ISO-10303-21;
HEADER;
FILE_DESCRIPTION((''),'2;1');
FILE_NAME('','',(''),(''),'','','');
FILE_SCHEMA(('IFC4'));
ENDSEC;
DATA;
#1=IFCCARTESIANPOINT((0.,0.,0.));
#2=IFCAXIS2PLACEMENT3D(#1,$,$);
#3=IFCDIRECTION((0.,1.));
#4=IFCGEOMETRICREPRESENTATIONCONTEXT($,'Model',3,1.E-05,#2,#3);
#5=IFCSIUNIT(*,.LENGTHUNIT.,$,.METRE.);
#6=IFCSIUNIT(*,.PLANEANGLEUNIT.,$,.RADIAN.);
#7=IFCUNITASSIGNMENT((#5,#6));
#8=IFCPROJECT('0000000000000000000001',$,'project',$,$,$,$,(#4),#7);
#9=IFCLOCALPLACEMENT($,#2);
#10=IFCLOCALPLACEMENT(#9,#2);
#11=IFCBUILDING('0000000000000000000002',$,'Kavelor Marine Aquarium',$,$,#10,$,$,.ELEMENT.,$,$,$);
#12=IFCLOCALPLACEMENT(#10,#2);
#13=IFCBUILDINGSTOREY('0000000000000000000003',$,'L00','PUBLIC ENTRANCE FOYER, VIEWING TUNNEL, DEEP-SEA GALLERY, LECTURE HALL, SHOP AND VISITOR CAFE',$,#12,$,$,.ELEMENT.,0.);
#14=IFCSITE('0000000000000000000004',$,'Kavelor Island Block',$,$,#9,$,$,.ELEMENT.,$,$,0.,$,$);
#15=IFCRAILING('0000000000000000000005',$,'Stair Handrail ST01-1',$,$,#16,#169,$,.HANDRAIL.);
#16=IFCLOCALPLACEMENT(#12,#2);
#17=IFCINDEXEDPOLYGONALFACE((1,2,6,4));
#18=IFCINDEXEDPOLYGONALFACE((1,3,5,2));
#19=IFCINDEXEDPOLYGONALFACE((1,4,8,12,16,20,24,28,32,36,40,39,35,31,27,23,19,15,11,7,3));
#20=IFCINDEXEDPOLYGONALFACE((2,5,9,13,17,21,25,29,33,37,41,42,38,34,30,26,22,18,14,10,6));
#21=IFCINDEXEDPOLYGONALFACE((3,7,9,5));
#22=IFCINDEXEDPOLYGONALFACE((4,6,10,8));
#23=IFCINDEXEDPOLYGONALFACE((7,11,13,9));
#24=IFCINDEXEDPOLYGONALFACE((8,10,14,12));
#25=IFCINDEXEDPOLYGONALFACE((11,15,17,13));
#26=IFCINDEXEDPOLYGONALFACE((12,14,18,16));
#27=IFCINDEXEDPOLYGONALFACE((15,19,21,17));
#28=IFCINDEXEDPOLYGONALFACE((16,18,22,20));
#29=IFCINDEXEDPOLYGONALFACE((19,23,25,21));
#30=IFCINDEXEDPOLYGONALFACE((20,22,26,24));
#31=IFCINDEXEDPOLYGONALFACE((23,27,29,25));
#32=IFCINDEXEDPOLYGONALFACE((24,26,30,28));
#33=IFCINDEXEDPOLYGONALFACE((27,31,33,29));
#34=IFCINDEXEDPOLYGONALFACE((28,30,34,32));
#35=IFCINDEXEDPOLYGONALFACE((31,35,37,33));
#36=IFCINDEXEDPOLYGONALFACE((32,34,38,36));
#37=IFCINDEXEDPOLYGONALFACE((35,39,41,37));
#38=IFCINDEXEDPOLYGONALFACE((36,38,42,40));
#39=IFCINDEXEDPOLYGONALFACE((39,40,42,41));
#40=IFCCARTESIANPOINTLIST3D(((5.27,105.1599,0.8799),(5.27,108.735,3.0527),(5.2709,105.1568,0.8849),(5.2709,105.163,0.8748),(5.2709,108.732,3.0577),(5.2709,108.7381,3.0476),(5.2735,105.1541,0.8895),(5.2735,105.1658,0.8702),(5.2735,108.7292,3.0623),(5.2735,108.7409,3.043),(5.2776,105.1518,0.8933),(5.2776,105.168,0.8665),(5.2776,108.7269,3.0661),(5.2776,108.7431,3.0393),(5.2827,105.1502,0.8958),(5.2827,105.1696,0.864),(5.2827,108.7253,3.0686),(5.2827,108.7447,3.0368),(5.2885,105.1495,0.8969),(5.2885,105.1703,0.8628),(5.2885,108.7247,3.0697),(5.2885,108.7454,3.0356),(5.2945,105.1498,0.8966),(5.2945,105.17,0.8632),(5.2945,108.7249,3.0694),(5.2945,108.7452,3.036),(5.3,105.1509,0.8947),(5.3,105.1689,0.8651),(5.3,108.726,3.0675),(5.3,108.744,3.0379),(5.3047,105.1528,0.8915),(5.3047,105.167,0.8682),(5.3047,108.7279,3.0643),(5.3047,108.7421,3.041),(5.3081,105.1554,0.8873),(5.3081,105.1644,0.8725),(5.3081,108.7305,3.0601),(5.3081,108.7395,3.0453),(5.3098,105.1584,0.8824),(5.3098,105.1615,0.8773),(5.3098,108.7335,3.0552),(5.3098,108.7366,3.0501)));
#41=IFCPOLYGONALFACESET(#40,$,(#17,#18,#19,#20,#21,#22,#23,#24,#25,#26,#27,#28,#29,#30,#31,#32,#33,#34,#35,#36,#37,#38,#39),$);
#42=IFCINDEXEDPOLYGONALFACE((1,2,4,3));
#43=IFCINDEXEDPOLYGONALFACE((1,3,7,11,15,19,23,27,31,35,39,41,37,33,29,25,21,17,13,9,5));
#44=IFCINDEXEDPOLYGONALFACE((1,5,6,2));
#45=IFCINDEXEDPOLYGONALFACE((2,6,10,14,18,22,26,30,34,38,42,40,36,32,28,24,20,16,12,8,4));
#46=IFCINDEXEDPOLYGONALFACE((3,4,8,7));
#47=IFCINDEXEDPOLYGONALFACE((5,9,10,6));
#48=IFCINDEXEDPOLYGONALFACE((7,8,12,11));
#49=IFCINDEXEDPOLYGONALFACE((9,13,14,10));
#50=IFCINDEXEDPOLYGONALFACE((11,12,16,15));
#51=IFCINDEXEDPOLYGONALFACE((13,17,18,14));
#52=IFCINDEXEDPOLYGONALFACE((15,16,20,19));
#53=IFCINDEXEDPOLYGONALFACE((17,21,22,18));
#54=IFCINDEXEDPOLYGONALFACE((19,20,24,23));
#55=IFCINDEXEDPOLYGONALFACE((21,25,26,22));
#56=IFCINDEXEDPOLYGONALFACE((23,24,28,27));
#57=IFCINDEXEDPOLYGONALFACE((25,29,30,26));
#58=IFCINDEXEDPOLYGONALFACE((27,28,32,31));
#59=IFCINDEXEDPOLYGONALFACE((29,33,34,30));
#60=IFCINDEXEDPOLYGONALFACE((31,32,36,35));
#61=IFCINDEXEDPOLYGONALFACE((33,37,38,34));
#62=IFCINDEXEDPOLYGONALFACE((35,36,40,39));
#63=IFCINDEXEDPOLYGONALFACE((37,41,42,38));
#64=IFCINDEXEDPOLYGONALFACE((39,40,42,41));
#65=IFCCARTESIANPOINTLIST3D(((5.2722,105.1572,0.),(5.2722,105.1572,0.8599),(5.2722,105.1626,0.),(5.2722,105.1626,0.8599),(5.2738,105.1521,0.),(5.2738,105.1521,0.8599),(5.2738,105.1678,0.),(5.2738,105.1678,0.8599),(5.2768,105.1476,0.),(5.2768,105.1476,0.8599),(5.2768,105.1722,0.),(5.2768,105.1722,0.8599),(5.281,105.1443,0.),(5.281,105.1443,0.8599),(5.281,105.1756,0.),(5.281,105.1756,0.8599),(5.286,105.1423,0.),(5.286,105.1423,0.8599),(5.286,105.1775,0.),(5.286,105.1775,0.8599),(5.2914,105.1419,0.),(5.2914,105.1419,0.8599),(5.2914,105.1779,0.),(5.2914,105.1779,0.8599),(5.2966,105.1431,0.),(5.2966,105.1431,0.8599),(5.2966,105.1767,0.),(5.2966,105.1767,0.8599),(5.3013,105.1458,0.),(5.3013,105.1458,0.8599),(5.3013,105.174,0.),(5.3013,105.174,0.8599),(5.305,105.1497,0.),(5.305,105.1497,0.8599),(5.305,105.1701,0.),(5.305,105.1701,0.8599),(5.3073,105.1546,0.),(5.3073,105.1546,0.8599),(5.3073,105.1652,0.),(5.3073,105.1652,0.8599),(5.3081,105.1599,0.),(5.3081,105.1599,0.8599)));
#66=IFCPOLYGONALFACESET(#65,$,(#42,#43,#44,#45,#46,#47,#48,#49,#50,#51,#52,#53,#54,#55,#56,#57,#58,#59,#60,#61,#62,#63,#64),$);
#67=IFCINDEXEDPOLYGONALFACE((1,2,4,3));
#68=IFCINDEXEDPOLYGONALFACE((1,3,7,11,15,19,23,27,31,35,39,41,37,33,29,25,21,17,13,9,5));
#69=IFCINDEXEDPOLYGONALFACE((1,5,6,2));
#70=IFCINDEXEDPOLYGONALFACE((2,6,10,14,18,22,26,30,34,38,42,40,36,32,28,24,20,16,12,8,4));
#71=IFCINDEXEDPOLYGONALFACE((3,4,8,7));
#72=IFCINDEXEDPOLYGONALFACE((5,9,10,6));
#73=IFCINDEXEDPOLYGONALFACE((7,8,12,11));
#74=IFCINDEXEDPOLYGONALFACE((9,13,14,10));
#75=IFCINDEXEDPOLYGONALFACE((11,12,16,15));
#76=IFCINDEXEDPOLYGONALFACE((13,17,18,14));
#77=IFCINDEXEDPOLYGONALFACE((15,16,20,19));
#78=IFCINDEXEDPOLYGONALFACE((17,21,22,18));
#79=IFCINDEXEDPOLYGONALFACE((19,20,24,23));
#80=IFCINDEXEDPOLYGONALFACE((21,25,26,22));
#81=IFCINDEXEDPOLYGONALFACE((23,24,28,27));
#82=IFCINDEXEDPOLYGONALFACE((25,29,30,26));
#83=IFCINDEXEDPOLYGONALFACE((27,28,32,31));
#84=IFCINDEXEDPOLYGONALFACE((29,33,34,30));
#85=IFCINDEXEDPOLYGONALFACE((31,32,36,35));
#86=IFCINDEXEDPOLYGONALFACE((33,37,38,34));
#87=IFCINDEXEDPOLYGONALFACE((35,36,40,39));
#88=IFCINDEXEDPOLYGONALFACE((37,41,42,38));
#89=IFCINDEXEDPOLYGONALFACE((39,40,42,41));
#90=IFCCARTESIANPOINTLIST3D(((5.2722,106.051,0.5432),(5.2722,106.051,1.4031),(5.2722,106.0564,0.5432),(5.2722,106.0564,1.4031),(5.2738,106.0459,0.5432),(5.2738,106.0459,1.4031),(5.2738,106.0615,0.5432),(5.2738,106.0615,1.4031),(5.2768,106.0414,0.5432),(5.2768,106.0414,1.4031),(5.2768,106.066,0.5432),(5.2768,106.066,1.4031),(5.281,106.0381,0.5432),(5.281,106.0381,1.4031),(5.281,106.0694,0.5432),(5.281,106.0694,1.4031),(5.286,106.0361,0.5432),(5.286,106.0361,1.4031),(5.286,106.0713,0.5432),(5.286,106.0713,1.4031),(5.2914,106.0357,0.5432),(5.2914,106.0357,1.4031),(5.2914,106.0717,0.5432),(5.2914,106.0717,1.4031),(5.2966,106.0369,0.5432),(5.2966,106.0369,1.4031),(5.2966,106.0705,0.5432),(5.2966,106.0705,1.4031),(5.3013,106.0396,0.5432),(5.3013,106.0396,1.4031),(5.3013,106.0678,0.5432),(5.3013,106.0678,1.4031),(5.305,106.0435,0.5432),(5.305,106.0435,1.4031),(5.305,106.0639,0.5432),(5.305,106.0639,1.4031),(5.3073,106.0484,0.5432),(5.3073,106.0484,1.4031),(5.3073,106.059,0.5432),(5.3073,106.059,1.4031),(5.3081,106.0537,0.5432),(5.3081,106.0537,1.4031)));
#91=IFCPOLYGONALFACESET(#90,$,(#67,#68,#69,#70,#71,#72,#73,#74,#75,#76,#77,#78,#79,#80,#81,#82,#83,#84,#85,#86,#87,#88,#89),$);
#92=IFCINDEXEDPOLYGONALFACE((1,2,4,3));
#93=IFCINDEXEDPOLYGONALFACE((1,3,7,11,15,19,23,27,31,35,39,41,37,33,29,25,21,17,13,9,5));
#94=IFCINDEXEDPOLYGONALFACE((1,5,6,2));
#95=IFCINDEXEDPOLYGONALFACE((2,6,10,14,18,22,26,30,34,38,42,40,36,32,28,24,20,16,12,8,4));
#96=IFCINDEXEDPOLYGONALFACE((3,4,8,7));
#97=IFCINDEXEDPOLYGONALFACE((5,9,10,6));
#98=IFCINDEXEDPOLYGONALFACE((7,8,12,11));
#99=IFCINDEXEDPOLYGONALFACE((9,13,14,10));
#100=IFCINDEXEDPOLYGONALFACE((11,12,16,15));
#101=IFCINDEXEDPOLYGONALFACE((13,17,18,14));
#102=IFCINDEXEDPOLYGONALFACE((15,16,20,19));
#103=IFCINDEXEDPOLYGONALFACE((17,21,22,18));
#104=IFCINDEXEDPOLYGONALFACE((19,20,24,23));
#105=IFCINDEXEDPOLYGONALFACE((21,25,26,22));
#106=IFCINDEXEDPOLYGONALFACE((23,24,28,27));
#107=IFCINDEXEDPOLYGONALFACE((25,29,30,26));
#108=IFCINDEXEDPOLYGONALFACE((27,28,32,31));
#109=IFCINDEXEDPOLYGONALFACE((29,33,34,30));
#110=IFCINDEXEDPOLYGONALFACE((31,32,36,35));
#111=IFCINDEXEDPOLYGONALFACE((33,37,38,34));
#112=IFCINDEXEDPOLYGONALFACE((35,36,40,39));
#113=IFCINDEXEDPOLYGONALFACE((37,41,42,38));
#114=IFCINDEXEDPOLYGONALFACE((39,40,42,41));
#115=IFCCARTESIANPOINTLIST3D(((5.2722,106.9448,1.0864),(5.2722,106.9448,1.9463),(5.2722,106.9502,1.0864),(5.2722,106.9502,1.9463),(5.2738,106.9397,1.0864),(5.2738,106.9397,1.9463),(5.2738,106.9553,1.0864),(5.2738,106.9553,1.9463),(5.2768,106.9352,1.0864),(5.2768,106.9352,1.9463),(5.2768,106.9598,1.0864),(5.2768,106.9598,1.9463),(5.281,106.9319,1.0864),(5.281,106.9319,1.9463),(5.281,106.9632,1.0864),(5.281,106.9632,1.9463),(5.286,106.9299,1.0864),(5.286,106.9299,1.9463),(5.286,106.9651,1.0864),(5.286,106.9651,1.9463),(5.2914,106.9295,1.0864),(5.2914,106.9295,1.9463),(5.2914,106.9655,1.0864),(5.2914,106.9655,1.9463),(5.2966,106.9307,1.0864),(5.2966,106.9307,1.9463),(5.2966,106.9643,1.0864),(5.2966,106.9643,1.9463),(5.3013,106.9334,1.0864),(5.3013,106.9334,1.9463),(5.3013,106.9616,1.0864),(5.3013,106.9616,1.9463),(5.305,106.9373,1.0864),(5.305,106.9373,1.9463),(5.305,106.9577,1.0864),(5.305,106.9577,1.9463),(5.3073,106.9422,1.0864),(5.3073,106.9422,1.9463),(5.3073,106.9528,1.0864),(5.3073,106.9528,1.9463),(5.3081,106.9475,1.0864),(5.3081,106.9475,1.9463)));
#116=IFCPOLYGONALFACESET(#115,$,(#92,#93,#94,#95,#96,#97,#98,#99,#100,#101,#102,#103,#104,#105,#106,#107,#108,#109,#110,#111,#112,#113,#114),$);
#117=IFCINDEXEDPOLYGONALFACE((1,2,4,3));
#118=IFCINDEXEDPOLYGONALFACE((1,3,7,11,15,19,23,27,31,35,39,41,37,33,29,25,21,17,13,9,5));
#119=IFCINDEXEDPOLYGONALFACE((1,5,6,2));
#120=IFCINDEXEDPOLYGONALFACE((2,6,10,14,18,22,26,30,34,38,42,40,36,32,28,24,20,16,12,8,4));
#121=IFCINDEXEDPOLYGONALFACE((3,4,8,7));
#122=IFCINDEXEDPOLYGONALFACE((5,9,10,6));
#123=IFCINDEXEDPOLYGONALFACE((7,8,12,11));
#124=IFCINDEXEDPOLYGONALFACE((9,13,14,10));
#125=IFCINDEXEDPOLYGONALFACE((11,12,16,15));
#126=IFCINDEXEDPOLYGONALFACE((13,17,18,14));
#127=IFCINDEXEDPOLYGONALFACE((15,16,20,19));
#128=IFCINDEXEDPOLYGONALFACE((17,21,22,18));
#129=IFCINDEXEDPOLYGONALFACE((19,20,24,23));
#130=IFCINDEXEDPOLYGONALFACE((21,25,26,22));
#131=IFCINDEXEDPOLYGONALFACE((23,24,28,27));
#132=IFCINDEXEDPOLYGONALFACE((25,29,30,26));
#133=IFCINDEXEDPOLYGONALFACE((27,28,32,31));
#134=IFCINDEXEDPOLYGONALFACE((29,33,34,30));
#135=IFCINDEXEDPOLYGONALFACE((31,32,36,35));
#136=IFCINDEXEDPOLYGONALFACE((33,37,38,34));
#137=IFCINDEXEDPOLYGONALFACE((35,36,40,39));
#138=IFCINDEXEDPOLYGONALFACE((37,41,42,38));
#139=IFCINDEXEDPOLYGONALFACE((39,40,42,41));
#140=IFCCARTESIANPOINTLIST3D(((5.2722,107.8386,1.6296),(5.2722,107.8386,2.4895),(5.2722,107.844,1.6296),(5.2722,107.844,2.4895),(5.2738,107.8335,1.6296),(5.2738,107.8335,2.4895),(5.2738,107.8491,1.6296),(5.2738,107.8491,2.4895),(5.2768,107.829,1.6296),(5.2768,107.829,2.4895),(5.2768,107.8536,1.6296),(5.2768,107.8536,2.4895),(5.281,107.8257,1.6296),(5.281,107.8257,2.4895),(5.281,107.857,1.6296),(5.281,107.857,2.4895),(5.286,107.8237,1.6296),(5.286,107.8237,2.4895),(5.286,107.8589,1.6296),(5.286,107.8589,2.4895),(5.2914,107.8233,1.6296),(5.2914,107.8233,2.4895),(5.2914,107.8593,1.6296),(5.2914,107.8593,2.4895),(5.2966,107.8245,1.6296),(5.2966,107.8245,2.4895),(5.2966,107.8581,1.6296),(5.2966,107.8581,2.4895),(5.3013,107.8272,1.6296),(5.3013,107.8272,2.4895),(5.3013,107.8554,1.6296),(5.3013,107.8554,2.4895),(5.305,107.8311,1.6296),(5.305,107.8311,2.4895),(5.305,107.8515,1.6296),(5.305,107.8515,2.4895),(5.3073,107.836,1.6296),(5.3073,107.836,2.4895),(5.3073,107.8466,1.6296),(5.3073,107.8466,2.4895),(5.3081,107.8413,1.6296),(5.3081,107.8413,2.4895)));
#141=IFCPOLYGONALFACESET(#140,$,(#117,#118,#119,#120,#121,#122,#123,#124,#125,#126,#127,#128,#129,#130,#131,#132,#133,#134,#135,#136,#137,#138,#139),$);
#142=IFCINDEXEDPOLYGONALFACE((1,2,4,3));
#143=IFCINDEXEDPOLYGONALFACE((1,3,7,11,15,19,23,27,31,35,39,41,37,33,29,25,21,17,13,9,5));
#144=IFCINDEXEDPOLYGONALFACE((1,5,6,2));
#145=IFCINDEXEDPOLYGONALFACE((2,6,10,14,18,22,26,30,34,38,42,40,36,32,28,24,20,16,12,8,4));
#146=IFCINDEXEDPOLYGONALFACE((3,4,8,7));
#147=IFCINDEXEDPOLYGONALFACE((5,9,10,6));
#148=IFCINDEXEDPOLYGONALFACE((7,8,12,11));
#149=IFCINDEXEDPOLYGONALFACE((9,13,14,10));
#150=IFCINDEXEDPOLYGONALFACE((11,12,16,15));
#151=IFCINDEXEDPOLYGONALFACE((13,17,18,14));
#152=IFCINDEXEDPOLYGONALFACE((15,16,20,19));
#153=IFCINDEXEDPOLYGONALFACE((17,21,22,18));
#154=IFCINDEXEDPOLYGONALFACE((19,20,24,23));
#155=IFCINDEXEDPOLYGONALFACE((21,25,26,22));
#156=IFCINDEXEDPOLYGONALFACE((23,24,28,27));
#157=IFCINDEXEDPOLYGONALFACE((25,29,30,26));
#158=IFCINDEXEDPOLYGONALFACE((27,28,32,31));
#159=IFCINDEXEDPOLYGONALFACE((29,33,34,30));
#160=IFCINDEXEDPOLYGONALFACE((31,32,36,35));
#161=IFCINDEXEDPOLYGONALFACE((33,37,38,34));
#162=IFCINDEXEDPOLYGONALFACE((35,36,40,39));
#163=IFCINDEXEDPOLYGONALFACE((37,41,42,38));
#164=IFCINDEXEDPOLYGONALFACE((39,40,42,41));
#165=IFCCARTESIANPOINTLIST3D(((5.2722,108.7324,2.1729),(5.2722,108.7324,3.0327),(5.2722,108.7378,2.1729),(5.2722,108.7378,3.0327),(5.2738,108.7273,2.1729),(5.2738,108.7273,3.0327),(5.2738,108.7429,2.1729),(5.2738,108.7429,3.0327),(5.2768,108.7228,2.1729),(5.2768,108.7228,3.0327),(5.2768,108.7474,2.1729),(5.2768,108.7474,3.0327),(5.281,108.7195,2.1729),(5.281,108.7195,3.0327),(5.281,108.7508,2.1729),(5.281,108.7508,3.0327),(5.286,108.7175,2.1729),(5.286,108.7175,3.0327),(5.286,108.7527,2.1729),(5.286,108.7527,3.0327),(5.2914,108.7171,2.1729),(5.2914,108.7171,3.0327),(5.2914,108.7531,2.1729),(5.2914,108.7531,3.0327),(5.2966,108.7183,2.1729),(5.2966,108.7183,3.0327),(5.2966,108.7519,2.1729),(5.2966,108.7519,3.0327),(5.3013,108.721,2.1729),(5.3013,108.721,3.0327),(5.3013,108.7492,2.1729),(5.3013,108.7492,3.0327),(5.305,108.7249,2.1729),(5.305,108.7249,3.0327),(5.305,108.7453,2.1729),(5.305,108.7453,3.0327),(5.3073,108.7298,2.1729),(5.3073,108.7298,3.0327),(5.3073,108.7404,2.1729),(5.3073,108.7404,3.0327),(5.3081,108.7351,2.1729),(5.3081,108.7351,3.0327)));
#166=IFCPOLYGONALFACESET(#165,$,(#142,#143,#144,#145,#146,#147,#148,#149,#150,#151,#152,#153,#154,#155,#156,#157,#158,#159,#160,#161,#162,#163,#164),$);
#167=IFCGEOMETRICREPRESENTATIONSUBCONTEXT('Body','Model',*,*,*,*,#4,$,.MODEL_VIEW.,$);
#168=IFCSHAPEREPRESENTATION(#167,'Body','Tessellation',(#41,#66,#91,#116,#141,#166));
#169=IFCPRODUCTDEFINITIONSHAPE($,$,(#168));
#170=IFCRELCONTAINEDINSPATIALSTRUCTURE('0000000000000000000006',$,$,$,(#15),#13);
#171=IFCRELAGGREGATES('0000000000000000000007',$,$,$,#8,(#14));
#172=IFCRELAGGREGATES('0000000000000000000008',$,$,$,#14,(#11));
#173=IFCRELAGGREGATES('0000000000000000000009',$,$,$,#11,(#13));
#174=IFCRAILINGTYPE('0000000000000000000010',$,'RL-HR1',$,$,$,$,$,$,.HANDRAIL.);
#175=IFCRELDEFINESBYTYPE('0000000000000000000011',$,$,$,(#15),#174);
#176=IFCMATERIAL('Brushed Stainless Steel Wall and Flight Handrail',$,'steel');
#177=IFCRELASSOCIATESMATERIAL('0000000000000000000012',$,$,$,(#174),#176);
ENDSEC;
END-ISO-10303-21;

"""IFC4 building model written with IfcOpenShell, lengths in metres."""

from ifc_helpers import new_model, si_unit, direction, frame, origin, origin_2d, place, context, subcontext, project, spatial, circle, extrude, material, type_object, element, save


model = new_model("IFC4")

# Units and contexts
model_context = context("Model", 3, precision=1e-05, world=origin(), true_north=direction((0.0, 1.0)))
body_context = subcontext(model_context, "Body", "Model", "MODEL_VIEW")
ifc_project = project(units=[si_unit("LENGTHUNIT", "METRE"), si_unit("PLANEANGLEUNIT", "RADIAN")], contexts=[model_context])

# Site, building, storey
site_placement = place(None, origin())
site = spatial("IfcSite", under=ifc_project, at=site_placement, Name="Kavelor Island Block", CompositionType="ELEMENT", RefElevation=0.0)
building_placement = place(site_placement, origin())
building = spatial("IfcBuilding", under=site, at=building_placement, Name="Kavelor Marine Aquarium", CompositionType="ELEMENT")
storey_placement = place(building_placement, origin())
storey = spatial("IfcBuildingStorey", under=building, at=storey_placement, Name="L00", Description="PUBLIC ENTRANCE FOYER, VIEWING TUNNEL, DEEP-SEA GALLERY, LECTURE HALL, SHOP AND VISITOR CAFE", CompositionType="ELEMENT", Elevation=0.0)

# Railing
ifc_material_1 = material(Name="Brushed Stainless Steel Wall and Flight Handrail", Category="steel")
railing_type = type_object("IfcRailingType", Name="RL-HR1", PredefinedType="HANDRAIL", material=ifc_material_1)
railing_placement = place(storey_placement, frame((5.29, 105.1599, 0.0)))
element("IfcRailing", 1, at=railing_placement, inside=storey, type_object=railing_type, Name="Stair Handrail ST01-1", PredefinedType="HANDRAIL", context=body_context, shape_type="SweptSolid", body=[
    extrude(circle(Radius=0.02, at=origin_2d()), frame((0.0, 0.0, 0.8799), z_axis=(0.0, 0.854554, 0.519362), x_axis=(-1.0, 0.0, 0.0)), (0.0, 0.0, 1.0), 4.1836),
    extrude(circle(Radius=0.0181, at=origin_2d()), origin(), (0.0, 0.0, 1.0), 0.8599),
    extrude(circle(Radius=0.0181, at=origin_2d()), frame((0.0, 0.8938, 0.5432)), (0.0, 0.0, 1.0), 0.8599),
    extrude(circle(Radius=0.0181, at=origin_2d()), frame((0.0, 1.7876, 1.0864)), (0.0, 0.0, 1.0), 0.8599),
    extrude(circle(Radius=0.0181, at=origin_2d()), frame((0.0, 2.6814, 1.6296)), (0.0, 0.0, 1.0), 0.8599),
    extrude(circle(Radius=0.0181, at=origin_2d()), frame((0.0, 3.5752, 2.1729)), (0.0, 0.0, 1.0), 0.8599),
])

save(model, "model.ifc")
